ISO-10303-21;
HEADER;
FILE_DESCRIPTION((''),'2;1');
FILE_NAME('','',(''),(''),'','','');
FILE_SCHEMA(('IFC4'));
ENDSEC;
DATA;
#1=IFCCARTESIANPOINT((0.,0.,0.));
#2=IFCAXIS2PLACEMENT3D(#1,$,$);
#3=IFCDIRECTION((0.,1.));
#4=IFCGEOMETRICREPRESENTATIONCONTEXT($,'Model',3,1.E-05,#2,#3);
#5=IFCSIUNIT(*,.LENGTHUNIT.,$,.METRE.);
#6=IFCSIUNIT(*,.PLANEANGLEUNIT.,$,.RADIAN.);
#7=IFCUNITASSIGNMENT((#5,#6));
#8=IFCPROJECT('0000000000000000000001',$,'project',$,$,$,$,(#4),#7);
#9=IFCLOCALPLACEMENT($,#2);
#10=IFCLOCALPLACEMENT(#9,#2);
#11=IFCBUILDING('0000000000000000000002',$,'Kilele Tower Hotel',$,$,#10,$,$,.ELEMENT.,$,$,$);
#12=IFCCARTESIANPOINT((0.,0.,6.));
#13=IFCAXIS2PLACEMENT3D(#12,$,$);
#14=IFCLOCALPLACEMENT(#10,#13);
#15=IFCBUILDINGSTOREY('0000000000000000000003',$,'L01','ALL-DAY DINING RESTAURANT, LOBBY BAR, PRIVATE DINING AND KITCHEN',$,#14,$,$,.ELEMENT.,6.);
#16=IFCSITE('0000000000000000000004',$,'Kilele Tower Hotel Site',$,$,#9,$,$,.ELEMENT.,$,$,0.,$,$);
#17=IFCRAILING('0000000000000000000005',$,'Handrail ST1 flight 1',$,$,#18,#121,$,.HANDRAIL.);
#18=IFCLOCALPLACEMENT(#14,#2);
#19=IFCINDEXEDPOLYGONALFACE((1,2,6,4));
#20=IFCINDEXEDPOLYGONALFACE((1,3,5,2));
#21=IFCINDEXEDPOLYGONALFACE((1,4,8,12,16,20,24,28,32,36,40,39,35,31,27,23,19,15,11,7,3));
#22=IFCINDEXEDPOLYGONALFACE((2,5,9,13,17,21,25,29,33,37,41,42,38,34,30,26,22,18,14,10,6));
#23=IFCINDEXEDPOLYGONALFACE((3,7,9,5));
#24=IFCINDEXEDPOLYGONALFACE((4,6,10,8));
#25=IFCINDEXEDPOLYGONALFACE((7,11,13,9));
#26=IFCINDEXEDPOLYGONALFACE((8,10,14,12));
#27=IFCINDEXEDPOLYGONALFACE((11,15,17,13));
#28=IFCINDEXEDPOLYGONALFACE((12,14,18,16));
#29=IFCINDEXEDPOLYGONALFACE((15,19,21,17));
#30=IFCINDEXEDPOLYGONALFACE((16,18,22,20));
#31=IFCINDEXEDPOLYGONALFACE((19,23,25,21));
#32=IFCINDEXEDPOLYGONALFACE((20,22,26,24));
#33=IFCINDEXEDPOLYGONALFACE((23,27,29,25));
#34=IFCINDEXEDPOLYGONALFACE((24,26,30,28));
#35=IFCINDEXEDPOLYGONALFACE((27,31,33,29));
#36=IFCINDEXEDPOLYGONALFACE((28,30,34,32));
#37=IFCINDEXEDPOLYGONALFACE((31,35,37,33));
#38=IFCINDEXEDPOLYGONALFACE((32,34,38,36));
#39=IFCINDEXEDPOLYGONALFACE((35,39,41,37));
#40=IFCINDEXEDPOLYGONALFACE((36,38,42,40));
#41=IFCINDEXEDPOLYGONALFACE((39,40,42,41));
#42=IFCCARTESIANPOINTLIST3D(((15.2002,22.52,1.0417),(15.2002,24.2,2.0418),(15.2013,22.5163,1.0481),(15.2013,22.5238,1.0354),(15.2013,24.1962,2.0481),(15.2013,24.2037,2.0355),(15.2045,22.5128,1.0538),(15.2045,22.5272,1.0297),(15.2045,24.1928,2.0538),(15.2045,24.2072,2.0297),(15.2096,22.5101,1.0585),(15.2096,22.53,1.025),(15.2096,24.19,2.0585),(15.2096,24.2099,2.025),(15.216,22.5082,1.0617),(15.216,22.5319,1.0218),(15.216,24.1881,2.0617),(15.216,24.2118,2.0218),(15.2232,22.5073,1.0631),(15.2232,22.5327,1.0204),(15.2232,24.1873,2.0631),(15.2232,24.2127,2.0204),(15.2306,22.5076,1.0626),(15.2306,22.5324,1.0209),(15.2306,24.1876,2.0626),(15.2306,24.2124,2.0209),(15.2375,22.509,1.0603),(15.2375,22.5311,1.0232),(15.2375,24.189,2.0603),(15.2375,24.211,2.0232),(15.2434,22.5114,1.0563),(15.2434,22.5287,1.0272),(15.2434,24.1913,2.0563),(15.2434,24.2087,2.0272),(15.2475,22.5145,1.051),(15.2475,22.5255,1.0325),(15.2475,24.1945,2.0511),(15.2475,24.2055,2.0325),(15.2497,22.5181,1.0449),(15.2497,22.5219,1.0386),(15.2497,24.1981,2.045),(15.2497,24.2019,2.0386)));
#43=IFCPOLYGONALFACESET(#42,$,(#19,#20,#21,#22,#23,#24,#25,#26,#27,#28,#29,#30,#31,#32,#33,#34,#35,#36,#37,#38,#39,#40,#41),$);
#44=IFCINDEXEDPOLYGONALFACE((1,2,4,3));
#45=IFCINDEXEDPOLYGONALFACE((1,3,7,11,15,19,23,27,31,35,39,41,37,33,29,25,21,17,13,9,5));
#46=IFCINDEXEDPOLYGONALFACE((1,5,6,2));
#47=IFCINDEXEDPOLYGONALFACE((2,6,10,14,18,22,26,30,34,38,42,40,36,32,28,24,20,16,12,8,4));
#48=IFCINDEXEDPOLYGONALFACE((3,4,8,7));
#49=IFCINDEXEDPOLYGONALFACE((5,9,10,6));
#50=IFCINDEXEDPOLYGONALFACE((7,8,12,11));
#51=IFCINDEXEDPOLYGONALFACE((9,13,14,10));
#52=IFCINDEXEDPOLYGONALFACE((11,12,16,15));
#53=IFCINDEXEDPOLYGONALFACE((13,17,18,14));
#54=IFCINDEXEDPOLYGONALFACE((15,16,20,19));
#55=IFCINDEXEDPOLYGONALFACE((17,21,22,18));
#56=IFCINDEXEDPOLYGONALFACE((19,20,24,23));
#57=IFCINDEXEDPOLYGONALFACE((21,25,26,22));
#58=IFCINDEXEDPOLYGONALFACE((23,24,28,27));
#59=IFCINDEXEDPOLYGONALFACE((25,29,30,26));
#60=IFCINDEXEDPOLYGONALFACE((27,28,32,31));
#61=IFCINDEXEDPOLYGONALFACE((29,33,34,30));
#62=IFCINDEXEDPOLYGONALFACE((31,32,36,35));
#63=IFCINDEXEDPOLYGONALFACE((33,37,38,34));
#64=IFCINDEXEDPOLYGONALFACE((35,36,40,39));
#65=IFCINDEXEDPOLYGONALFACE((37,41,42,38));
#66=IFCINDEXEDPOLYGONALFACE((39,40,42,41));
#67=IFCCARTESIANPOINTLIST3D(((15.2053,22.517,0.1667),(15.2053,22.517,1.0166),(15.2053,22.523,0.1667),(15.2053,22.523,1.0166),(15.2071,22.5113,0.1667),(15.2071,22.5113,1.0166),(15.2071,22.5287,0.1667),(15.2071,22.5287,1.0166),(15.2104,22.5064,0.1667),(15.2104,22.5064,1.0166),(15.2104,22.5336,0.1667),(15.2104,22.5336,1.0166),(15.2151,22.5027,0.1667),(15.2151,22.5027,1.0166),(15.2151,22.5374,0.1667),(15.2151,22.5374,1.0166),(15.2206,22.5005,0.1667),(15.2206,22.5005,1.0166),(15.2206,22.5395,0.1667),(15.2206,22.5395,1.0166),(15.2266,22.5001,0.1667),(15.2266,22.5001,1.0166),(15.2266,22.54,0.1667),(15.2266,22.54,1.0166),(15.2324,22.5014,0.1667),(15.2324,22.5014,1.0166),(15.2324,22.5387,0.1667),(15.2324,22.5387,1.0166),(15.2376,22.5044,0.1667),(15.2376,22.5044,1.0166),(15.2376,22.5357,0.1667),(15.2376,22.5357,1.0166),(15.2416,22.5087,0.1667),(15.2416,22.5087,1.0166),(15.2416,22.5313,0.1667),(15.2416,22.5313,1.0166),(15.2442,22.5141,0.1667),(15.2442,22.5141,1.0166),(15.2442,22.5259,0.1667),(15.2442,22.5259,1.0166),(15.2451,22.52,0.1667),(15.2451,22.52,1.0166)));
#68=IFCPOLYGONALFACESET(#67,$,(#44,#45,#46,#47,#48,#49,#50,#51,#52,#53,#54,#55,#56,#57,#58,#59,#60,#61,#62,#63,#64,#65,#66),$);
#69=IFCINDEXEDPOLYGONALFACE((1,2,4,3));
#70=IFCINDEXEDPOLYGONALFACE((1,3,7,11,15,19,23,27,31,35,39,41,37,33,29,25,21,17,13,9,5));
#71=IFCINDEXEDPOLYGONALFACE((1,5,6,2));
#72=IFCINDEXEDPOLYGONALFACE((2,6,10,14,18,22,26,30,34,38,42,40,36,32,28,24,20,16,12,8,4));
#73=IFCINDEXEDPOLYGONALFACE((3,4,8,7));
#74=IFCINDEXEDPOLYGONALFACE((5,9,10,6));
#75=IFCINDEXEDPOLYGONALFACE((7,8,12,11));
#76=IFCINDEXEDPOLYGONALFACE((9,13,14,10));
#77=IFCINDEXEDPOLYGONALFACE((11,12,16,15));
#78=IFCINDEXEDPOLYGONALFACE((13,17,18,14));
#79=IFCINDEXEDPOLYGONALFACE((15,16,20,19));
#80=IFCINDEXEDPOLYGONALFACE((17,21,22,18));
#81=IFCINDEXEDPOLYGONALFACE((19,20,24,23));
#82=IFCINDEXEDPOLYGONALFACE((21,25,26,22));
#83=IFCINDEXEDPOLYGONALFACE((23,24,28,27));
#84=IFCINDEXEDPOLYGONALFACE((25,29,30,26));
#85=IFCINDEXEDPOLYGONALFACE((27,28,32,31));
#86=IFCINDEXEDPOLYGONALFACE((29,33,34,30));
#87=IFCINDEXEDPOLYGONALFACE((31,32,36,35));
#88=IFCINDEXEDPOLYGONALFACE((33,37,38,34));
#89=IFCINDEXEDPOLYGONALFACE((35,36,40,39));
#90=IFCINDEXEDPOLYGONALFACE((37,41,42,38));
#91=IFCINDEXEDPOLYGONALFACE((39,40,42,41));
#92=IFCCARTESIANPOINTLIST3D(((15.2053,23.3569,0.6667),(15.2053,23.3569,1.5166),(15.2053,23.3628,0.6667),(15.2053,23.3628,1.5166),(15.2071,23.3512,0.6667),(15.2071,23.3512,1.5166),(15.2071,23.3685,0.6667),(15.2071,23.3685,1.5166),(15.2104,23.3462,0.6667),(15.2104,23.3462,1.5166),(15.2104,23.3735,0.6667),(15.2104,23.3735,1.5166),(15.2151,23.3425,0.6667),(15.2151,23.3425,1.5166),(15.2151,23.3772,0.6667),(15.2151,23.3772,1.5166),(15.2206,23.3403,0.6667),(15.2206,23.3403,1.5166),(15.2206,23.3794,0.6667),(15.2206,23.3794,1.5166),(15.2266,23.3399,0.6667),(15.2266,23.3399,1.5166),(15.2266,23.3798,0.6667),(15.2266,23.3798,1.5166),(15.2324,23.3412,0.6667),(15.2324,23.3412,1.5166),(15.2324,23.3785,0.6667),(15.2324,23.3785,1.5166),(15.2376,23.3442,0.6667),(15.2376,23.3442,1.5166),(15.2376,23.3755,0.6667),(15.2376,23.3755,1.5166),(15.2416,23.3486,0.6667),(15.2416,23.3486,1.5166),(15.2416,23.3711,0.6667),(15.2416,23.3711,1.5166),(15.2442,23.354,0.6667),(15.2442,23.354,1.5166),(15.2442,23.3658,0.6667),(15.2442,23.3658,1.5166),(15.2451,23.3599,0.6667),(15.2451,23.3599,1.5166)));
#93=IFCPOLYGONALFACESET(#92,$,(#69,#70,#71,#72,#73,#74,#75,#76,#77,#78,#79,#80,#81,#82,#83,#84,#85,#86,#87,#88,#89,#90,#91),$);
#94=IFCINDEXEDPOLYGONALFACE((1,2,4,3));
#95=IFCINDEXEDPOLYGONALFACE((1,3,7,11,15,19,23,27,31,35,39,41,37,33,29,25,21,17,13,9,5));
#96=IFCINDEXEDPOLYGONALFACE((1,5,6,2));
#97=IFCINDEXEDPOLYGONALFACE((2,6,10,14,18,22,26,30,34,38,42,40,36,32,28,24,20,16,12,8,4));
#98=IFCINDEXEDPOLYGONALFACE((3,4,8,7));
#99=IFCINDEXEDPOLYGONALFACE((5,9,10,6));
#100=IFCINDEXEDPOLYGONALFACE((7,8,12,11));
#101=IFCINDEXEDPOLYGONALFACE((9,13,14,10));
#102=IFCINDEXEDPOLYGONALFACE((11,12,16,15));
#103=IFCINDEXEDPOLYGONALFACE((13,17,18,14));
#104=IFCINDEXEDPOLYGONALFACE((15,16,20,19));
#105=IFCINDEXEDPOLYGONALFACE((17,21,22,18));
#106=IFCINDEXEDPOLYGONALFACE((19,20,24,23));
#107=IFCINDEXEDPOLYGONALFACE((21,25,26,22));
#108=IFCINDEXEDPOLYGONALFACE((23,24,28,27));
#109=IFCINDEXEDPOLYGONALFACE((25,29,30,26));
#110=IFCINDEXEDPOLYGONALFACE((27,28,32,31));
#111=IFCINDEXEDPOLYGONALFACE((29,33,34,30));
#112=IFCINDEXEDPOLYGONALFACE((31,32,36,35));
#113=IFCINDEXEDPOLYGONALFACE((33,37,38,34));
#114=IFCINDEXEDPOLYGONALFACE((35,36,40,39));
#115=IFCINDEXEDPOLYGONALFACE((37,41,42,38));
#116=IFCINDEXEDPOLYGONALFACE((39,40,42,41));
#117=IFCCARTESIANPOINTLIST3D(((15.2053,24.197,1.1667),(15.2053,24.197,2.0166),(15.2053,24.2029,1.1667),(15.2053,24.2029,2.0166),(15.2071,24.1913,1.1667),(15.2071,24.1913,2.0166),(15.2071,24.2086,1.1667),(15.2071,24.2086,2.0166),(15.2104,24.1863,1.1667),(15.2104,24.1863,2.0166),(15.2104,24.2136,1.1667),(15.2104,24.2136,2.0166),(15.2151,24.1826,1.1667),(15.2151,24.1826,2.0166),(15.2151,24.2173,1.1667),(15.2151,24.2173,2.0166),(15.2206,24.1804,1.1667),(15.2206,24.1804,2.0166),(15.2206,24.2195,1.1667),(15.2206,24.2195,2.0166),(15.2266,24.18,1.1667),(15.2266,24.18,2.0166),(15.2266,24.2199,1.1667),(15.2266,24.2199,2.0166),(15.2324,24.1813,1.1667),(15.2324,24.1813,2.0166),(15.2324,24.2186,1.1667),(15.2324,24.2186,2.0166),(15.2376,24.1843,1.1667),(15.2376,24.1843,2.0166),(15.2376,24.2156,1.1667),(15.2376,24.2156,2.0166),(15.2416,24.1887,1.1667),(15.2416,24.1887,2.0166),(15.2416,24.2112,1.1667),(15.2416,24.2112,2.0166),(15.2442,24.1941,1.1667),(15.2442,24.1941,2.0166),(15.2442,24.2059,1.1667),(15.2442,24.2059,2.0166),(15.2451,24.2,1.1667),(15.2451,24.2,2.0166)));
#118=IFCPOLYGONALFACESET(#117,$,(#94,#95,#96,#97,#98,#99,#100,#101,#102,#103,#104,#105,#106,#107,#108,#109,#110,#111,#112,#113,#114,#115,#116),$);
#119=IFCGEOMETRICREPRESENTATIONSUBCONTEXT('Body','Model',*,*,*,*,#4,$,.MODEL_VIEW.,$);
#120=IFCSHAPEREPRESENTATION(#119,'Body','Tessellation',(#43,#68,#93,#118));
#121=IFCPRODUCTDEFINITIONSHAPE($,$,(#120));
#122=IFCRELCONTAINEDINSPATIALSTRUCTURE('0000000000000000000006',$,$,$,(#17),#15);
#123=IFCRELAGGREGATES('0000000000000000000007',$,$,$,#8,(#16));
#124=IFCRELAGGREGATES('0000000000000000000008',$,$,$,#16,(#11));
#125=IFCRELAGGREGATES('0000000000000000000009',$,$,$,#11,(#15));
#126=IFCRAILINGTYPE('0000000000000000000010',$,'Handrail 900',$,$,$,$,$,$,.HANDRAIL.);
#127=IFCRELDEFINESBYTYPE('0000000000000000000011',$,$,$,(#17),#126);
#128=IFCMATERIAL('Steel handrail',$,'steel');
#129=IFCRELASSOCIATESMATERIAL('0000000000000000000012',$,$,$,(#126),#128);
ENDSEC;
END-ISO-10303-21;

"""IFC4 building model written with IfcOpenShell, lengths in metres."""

from ifc_helpers import new_model, si_unit, direction, frame, origin, origin_2d, place, context, subcontext, project, spatial, circle, extrude, material, type_object, element, save


model = new_model("IFC4")

# Units and contexts
model_context = context("Model", 3, precision=1e-05, world=origin(), true_north=direction((0.0, 1.0)))
body_context = subcontext(model_context, "Body", "Model", "MODEL_VIEW")
ifc_project = project(units=[si_unit("LENGTHUNIT", "METRE"), si_unit("PLANEANGLEUNIT", "RADIAN")], contexts=[model_context])

# Site, building, storey
site_placement = place(None, origin())
site = spatial("IfcSite", under=ifc_project, at=site_placement, Name="Kilele Tower Hotel Site", CompositionType="ELEMENT", RefElevation=0.0)
building_placement = place(site_placement, origin())
building = spatial("IfcBuilding", under=site, at=building_placement, Name="Kilele Tower Hotel", CompositionType="ELEMENT")
storey_placement = place(building_placement, frame((0.0, 0.0, 6.0)))
storey = spatial("IfcBuildingStorey", under=building, at=storey_placement, Name="L01", Description="ALL-DAY DINING RESTAURANT, LOBBY BAR, PRIVATE DINING AND KITCHEN", CompositionType="ELEMENT", Elevation=6.0)

# Railing
ifc_material_1 = material(Name="Steel handrail", Category="steel")
railing_type_1 = type_object("IfcRailingType", Name="Handrail 900", PredefinedType="HANDRAIL", material=ifc_material_1)
for number, where, name in (
    (1, (15.2251, 22.52, 0.1667), "Handrail ST1 flight 1"),
):
    element("IfcRailing", number, at=place(storey_placement, frame(where)), inside=storey, type_object=railing_type_1, Name=name, PredefinedType="HANDRAIL", context=body_context, shape_type="SweptSolid", body=[
        extrude(circle(Radius=0.0249, at=origin_2d()), frame((0.0, 0.0, 0.875), z_axis=(0.0, 0.859284, 0.511499), x_axis=(-1.0, 0.0, 0.0)), (0.0, 0.0, 1.0), 1.9551),
        extrude(circle(Radius=0.02, at=origin_2d()), origin(), (0.0, 0.0, 1.0), 0.8499),
        extrude(circle(Radius=0.02, at=origin_2d()), frame((0.0, 0.8398, 0.5)), (0.0, 0.0, 1.0), 0.8499),
        extrude(circle(Radius=0.02, at=origin_2d()), frame((0.0, 1.6799, 1.0)), (0.0, 0.0, 1.0), 0.8499),
    ])

save(model, "model.ifc")
